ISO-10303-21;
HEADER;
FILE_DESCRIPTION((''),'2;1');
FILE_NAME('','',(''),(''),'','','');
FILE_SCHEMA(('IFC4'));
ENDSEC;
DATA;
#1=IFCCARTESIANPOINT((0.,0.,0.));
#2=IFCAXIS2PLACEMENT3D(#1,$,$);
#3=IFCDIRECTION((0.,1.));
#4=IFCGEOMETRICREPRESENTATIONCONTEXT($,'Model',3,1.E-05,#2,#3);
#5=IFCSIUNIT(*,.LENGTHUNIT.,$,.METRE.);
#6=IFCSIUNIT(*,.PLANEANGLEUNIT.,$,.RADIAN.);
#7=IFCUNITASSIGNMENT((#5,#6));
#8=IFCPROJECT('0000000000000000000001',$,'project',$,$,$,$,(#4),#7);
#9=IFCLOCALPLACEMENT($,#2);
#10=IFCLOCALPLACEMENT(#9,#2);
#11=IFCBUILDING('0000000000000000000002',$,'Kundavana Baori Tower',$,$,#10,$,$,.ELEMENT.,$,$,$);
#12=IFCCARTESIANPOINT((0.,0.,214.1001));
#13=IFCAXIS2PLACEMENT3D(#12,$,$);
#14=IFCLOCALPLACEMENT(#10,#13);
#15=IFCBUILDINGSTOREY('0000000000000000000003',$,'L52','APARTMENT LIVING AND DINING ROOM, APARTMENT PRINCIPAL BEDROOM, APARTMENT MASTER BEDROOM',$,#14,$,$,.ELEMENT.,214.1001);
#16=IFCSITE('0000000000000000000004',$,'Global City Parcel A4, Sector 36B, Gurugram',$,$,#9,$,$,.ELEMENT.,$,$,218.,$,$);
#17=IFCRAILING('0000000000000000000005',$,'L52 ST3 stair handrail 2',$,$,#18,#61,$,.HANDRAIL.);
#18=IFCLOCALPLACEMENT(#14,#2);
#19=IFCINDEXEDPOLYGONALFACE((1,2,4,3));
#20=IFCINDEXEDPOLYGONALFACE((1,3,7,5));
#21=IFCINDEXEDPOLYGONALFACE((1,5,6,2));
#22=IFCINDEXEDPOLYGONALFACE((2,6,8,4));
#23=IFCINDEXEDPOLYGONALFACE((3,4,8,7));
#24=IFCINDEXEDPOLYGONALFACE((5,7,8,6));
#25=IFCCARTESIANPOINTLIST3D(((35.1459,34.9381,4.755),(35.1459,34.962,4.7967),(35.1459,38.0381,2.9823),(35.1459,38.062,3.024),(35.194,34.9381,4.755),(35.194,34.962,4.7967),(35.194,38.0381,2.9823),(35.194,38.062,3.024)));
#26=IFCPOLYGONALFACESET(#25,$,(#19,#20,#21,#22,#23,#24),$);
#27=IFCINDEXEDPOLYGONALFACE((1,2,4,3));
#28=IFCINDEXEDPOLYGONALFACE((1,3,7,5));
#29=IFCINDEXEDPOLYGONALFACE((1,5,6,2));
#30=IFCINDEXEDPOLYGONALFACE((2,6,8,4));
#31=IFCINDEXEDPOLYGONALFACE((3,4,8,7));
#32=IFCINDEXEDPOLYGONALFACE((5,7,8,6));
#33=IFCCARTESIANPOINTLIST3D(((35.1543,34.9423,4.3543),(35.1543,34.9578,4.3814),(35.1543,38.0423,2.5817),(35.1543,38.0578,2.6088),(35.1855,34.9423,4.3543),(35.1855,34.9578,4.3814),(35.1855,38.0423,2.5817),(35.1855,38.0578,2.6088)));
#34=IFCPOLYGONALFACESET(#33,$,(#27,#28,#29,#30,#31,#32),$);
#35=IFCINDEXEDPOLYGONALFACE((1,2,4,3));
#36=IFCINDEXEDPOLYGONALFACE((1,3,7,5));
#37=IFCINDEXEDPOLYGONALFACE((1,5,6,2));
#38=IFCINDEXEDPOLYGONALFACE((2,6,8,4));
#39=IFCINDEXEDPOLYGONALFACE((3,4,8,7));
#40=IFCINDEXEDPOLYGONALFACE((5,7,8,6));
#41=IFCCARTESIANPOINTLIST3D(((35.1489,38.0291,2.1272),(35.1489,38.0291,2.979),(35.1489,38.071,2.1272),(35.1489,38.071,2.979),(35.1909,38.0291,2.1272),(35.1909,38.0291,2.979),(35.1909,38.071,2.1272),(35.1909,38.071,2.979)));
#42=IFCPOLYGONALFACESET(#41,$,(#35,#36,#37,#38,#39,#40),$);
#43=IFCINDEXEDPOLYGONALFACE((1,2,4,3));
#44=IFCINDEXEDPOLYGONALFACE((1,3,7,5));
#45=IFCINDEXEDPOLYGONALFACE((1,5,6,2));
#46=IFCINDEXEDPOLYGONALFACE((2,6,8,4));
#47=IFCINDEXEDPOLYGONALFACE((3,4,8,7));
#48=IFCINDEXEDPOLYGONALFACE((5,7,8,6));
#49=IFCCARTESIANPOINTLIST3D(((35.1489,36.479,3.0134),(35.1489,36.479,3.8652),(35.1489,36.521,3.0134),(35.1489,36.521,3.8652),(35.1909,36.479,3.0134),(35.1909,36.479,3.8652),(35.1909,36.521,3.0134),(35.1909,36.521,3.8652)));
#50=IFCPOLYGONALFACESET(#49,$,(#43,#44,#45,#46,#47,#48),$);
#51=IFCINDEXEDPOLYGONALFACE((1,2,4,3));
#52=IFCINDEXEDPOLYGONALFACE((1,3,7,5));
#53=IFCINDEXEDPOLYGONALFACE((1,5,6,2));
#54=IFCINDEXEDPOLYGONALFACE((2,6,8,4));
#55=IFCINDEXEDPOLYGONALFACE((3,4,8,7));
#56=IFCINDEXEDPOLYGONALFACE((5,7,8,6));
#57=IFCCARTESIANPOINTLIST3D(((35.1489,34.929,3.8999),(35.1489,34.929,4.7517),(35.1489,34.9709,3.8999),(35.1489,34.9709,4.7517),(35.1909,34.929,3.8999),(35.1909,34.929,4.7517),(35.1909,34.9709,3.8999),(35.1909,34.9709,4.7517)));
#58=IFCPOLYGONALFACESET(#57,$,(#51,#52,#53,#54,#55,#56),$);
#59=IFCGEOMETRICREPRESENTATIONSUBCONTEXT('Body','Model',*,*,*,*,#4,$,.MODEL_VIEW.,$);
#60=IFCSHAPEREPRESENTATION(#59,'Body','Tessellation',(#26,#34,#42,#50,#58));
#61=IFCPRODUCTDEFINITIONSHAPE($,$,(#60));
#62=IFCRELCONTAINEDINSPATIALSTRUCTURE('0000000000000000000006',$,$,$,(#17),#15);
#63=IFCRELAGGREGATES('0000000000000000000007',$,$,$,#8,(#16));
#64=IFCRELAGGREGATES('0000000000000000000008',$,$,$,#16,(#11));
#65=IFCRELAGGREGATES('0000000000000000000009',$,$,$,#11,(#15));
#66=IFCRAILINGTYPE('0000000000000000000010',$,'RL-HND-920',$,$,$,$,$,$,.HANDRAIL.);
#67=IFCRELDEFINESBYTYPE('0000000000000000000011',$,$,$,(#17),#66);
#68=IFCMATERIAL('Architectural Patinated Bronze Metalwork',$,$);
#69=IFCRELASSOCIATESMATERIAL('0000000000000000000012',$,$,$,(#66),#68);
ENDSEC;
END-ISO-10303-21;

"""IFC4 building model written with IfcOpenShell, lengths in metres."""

from ifc_helpers import new_model, si_unit, direction, frame, origin, origin_2d, place, context, subcontext, project, spatial, rectangle, extrude, material, type_object, element, save


model = new_model("IFC4")

# Units and contexts
model_context = context("Model", 3, precision=1e-05, world=origin(), true_north=direction((0.0, 1.0)))
body_context = subcontext(model_context, "Body", "Model", "MODEL_VIEW")
ifc_project = project(units=[si_unit("LENGTHUNIT", "METRE"), si_unit("PLANEANGLEUNIT", "RADIAN")], contexts=[model_context])

# Site, building, storey
site_placement = place(None, origin())
site = spatial("IfcSite", under=ifc_project, at=site_placement, Name="Global City Parcel A4, Sector 36B, Gurugram", CompositionType="ELEMENT", RefElevation=218.0)
building_placement = place(site_placement, origin())
building = spatial("IfcBuilding", under=site, at=building_placement, Name="Kundavana Baori Tower", CompositionType="ELEMENT")
storey_placement = place(building_placement, frame((0.0, 0.0, 214.1001)))
storey = spatial("IfcBuildingStorey", under=building, at=storey_placement, Name="L52", Description="APARTMENT LIVING AND DINING ROOM, APARTMENT PRINCIPAL BEDROOM, APARTMENT MASTER BEDROOM", CompositionType="ELEMENT", Elevation=214.1001)

# Railing
ifc_material_1 = material(Name="Architectural Patinated Bronze Metalwork")
railing_type_1 = type_object("IfcRailingType", Name="RL-HND-920", PredefinedType="HANDRAIL", material=ifc_material_1)
railing_1_placement = place(storey_placement, frame((35.1699, 38.05, 2.1272)))
element("IfcRailing", 1, at=railing_1_placement, inside=storey, type_object=railing_type_1, Name="L52 ST3 stair handrail 2", PredefinedType="HANDRAIL", context=body_context, shape_type="SweptSolid", body=[
    extrude(rectangle(XDim=0.0481, YDim=0.0481, at=origin_2d()), frame((0.0, 0.0, 0.876), z_axis=(0.0, -0.868096, 0.496397), x_axis=(1.0, 0.0, 0.0)), (0.0, 0.0, 1.0), 3.571),
    extrude(rectangle(XDim=0.0312, YDim=0.0312, at=origin_2d()), frame((0.0, 0.0, 0.468), z_axis=(0.0, -0.868096, 0.496397), x_axis=(1.0, 0.0, 0.0)), (0.0, 0.0, 1.0), 3.571),
    extrude(rectangle(XDim=0.042, YDim=0.042, at=origin_2d()), origin(), (0.0, 0.0, 1.0), 0.8518),
    extrude(rectangle(XDim=0.042, YDim=0.042, at=origin_2d()), frame((0.0, -1.55, 0.8862)), (0.0, 0.0, 1.0), 0.8518),
    extrude(rectangle(XDim=0.042, YDim=0.042, at=origin_2d()), frame((0.0, -3.1001, 1.7727)), (0.0, 0.0, 1.0), 0.8518),
])

save(model, "model.ifc")
